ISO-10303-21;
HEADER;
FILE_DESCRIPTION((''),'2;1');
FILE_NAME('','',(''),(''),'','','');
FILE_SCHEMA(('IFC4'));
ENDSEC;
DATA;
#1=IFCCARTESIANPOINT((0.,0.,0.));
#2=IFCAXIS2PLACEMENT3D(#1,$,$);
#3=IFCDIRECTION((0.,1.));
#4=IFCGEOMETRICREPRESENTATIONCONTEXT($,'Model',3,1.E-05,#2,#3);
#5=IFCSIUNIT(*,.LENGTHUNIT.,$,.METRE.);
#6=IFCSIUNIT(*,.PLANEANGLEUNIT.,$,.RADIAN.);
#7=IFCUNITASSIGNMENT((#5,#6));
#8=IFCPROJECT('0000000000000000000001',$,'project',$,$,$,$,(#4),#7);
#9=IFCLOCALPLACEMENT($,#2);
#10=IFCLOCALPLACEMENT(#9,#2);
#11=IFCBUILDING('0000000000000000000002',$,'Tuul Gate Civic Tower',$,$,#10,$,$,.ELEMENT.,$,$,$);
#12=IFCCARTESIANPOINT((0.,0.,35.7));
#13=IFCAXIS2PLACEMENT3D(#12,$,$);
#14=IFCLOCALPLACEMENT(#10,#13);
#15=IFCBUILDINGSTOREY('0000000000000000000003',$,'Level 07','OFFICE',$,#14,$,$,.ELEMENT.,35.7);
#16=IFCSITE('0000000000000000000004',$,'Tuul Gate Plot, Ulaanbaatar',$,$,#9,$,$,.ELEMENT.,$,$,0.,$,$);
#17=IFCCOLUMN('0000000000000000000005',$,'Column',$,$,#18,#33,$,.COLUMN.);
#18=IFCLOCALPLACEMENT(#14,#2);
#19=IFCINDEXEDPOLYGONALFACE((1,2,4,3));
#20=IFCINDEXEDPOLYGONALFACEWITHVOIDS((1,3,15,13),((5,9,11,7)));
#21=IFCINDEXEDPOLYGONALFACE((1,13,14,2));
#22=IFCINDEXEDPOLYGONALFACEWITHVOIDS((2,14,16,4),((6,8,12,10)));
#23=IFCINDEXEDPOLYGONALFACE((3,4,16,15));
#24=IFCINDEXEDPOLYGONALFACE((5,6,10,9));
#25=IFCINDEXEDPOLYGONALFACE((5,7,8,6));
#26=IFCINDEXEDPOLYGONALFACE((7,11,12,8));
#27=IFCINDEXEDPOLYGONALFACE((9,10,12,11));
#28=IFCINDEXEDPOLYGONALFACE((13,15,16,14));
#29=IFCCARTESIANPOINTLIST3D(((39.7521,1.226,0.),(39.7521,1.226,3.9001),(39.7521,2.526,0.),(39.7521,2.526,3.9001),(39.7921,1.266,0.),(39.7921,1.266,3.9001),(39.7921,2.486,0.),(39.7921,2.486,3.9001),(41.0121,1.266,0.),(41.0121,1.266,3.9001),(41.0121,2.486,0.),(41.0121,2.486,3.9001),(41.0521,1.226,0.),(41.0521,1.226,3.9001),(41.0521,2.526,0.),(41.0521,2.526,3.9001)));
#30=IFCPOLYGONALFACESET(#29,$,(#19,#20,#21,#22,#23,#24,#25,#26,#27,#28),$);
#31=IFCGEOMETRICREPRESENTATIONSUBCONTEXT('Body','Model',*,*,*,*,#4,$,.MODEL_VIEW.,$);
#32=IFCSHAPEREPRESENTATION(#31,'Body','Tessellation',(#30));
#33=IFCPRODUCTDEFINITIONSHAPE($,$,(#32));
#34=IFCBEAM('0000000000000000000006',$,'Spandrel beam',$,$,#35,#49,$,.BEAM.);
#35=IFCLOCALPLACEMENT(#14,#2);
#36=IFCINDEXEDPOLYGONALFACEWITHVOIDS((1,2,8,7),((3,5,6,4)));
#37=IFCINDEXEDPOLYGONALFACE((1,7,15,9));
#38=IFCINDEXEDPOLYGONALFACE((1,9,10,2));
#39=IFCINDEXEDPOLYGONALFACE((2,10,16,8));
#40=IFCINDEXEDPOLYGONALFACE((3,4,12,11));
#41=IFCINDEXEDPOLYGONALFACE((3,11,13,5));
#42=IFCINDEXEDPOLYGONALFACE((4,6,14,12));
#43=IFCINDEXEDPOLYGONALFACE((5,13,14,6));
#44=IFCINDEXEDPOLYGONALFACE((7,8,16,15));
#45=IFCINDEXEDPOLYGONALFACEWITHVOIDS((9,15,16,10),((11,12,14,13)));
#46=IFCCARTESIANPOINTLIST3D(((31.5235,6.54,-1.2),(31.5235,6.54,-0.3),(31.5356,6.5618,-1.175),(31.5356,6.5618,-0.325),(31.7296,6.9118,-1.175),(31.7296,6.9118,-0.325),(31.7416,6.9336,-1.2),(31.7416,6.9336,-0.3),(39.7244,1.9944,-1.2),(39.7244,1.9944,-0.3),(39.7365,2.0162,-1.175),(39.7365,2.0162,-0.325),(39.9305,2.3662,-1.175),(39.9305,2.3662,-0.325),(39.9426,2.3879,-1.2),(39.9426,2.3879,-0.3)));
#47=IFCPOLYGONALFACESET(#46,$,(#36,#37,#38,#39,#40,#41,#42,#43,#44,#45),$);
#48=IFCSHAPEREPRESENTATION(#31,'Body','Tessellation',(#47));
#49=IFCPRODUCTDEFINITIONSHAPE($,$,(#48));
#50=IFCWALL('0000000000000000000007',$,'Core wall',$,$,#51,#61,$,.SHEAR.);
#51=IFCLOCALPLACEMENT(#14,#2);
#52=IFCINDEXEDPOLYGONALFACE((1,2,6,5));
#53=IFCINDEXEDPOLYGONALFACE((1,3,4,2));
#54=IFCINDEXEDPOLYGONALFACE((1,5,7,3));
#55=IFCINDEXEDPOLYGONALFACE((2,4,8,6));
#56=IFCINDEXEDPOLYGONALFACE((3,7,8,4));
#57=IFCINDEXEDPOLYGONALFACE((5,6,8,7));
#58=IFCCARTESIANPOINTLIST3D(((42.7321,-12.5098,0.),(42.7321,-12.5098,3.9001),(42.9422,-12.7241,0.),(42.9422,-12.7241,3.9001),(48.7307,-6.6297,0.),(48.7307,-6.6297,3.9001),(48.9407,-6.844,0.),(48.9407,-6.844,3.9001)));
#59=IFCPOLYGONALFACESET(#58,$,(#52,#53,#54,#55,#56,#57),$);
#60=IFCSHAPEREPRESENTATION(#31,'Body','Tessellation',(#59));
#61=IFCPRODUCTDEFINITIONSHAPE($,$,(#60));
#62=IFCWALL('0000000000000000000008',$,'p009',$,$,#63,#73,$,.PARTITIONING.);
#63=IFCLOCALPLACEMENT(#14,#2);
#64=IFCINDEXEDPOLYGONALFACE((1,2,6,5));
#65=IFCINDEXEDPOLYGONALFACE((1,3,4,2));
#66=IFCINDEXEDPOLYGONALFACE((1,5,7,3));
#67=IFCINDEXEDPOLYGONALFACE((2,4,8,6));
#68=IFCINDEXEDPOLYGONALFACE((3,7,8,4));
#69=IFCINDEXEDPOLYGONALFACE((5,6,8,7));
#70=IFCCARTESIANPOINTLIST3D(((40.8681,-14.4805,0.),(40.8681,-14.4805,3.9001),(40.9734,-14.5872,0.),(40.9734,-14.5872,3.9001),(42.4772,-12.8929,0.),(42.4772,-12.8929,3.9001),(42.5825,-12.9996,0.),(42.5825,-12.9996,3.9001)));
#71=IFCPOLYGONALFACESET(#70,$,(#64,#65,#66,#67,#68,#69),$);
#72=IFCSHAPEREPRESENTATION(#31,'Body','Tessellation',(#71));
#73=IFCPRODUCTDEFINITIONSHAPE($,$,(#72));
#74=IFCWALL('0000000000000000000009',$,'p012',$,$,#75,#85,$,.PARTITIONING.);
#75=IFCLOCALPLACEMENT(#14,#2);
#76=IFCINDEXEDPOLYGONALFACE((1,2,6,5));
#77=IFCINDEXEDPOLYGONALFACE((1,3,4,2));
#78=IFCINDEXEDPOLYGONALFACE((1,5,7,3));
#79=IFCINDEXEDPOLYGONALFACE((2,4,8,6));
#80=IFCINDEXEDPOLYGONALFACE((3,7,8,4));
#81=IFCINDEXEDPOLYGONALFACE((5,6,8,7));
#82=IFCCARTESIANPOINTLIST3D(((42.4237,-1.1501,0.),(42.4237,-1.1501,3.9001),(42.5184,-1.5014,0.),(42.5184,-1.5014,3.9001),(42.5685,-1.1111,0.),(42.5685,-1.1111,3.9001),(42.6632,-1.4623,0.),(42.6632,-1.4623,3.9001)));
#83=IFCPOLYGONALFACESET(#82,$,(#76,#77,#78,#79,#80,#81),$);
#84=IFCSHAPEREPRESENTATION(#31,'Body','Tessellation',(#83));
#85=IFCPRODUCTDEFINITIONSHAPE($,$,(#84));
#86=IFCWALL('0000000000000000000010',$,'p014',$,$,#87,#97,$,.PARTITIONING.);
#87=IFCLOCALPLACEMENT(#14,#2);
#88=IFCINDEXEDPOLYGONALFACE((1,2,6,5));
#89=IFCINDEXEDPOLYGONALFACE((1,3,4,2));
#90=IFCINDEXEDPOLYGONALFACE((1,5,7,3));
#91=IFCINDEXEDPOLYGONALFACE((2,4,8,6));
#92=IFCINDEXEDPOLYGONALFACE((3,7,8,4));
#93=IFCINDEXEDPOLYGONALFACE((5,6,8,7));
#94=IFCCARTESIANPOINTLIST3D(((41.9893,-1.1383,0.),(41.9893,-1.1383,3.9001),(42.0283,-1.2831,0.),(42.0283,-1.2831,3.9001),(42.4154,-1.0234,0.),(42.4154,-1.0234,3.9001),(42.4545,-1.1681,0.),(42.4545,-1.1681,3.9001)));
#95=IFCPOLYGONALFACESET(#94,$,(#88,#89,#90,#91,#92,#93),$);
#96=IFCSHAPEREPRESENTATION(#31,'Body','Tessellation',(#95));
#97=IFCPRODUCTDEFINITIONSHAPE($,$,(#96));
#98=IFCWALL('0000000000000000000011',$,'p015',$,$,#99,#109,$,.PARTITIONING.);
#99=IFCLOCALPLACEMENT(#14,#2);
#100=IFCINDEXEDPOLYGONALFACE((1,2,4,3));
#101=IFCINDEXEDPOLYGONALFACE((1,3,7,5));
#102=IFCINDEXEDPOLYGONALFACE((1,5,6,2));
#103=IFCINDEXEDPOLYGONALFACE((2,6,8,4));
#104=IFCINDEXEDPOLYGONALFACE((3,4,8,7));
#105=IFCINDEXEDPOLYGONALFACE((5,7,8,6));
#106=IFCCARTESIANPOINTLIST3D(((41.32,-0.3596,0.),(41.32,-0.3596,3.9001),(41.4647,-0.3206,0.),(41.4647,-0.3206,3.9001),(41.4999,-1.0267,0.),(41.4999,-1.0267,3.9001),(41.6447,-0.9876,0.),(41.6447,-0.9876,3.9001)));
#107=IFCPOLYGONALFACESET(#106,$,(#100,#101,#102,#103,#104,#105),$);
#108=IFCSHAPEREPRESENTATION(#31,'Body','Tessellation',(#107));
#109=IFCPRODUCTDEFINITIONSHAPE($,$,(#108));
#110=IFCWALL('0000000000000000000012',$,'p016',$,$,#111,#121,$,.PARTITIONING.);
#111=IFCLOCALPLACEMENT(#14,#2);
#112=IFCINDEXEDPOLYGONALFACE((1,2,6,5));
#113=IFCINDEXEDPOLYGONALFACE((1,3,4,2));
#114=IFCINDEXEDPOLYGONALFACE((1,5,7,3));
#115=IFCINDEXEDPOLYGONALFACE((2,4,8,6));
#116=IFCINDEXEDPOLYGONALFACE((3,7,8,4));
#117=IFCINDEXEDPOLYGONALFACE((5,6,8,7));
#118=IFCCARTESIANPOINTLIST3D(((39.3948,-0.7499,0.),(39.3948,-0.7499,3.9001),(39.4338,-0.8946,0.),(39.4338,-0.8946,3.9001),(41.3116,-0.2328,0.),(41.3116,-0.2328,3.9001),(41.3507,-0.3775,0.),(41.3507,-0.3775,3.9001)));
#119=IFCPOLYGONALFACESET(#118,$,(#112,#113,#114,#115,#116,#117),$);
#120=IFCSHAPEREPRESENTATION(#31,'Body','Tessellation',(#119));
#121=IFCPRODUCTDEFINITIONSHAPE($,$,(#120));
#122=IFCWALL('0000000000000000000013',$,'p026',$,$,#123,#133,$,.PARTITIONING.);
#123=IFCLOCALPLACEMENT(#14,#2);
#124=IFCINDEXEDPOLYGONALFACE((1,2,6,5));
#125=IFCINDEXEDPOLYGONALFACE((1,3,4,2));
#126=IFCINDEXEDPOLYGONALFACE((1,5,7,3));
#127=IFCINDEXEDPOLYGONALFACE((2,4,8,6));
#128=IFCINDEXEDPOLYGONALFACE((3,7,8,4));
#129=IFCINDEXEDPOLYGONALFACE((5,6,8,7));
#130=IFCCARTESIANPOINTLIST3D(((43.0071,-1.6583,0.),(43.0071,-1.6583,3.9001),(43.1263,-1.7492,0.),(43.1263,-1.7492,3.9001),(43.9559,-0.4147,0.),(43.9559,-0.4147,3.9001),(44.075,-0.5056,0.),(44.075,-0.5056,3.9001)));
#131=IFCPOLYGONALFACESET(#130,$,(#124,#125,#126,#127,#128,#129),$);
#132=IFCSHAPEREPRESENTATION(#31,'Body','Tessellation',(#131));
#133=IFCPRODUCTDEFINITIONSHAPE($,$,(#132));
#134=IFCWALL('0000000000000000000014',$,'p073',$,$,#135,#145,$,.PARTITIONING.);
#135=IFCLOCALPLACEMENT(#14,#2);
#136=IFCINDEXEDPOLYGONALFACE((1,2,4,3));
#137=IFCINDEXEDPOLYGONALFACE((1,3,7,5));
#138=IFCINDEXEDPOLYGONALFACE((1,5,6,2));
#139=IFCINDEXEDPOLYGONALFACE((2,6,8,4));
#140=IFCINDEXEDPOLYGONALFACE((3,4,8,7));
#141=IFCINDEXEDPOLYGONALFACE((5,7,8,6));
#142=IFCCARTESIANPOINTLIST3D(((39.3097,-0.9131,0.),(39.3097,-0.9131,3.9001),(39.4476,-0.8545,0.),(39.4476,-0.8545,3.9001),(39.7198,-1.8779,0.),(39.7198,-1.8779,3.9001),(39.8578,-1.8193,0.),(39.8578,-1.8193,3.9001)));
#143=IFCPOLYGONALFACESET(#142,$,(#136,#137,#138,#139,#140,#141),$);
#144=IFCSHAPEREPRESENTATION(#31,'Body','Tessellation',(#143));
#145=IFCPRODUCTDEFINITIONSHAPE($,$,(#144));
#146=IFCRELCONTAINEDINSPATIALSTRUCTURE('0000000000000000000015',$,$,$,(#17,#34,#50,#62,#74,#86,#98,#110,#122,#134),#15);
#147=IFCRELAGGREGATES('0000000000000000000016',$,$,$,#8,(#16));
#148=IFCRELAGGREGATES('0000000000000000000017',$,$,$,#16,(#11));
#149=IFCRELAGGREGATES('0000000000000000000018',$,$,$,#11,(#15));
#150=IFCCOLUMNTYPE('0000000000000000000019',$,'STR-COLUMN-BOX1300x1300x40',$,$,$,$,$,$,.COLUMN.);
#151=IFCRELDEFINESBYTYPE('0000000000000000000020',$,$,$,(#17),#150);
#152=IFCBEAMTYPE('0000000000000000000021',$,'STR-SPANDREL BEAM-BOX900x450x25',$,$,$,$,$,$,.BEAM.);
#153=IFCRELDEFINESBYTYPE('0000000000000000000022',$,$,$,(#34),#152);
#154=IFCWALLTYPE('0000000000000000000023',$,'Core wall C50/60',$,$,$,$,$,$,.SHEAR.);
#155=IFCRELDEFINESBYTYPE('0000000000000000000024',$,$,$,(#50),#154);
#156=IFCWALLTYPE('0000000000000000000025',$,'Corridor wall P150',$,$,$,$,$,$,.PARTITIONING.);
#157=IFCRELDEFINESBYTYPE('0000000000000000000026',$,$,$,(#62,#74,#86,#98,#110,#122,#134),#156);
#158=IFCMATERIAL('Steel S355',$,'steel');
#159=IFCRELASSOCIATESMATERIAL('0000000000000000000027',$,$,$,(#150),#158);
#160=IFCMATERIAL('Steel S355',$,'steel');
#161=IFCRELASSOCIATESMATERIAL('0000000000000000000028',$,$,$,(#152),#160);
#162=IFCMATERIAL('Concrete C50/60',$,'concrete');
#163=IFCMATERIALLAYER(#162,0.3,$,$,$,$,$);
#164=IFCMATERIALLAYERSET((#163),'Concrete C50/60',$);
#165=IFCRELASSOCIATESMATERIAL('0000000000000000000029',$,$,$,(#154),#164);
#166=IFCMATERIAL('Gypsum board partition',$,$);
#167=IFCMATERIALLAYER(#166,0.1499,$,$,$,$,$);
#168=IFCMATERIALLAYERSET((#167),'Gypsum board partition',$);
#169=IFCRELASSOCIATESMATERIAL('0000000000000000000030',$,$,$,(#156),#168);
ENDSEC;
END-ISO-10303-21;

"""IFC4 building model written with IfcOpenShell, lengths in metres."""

from ifc_helpers import new_model, si_unit, direction, frame, frame_2d, origin, origin_2d, place, context, subcontext, project, spatial, rectangle, hollow_rectangle, extrude, material, layer, layer_set, material_profile, profile_set, type_object, element, save


model = new_model("IFC4")

# Units and contexts
model_context = context("Model", 3, precision=1e-05, world=origin(), true_north=direction((0.0, 1.0)))
body_context = subcontext(model_context, "Body", "Model", "MODEL_VIEW")
ifc_project = project(units=[si_unit("LENGTHUNIT", "METRE"), si_unit("PLANEANGLEUNIT", "RADIAN")], contexts=[model_context])

# Site, building, storey
site_placement = place(None, origin())
site = spatial("IfcSite", under=ifc_project, at=site_placement, Name="Tuul Gate Plot, Ulaanbaatar", CompositionType="ELEMENT", RefElevation=0.0)
building_placement = place(site_placement, origin())
building = spatial("IfcBuilding", under=site, at=building_placement, Name="Tuul Gate Civic Tower", CompositionType="ELEMENT")
storey_placement = place(building_placement, frame((0.0, 0.0, 35.7)))
storey = spatial("IfcBuildingStorey", under=building, at=storey_placement, Name="Level 07", Description="OFFICE", CompositionType="ELEMENT", Elevation=35.7)

# Column
ifc_material_1 = material(Name="Steel S355", Category="steel")
ifc_material_profile_1 = material_profile(ifc_material_1, hollow_rectangle(XDim=1.3, YDim=1.3, WallThickness=0.04, at=origin_2d()), Name="BOX1300x1300x40")
ifc_profile_set_1 = profile_set([ifc_material_profile_1], Name="Steel S355")
column_type = type_object("IfcColumnType", Name="STR-COLUMN-BOX1300x1300x40", PredefinedType="COLUMN", material=ifc_profile_set_1)
column_placement = place(storey_placement, frame((40.4021, 1.876, 0.0), z_axis=(0.0, 0.0, 1.0), x_axis=(1.0, 0.0, 0.0)))
element("IfcColumn", 1, at=column_placement, inside=storey, type_object=column_type, Name="Column", PredefinedType="COLUMN", context=body_context, shape_type="SweptSolid", body=[
    extrude(hollow_rectangle(XDim=1.3, YDim=1.3, WallThickness=0.04, at=origin_2d()), origin(), (0.0, 0.0, 1.0), 3.9001),
])

# Beam
ifc_material_2 = material(Name="Steel S355", Category="steel")
ifc_material_profile_2 = material_profile(ifc_material_2, hollow_rectangle(XDim=0.45, YDim=0.8999, WallThickness=0.0249, at=origin_2d()), Name="BOX900x450x25")
ifc_profile_set_2 = profile_set([ifc_material_profile_2], Name="Steel S355")
beam_type = type_object("IfcBeamType", Name="STR-SPANDREL BEAM-BOX900x450x25", PredefinedType="BEAM", material=ifc_profile_set_2)
beam_placement = place(storey_placement, frame((39.8335, 2.1912, -0.75), z_axis=(-0.874628, 0.484794, 0.0), x_axis=(-0.484794, -0.874628, 0.0)))
element("IfcBeam", 2, at=beam_placement, inside=storey, type_object=beam_type, Name="Spandrel beam", PredefinedType="BEAM", context=body_context, shape_type="SweptSolid", body=[
    extrude(hollow_rectangle(XDim=0.45, YDim=0.8999, WallThickness=0.0249, at=origin_2d()), origin(), (0.0, 0.0, 1.0), 9.3765),
])

# Walls
ifc_material_3 = material(Name="Concrete C50/60", Category="concrete")
ifc_layer_1 = layer(ifc_material_3, 0.3)
ifc_layer_set_1 = layer_set([ifc_layer_1], Name="Concrete C50/60")
wall_type_1 = type_object("IfcWallType", Name="Core wall C50/60", PredefinedType="SHEAR", material=ifc_layer_set_1)
wall_1_placement = place(storey_placement, frame((42.8372, -12.6169, 0.0), z_axis=(0.0, 0.0, 1.0), x_axis=(0.71412, 0.700023, 0.0)))
element("IfcWall", 3, at=wall_1_placement, inside=storey, type_object=wall_type_1, Name="Core wall", PredefinedType="SHEAR", context=body_context, shape_type="SweptSolid", body=[
    extrude(rectangle(XDim=8.3999, YDim=0.3, at=frame_2d((4.2, 0.0))), origin(), (0.0, 0.0, 1.0), 3.9001),
])
ifc_material_4 = material(Name="Gypsum board partition")
ifc_layer_2 = layer(ifc_material_4, 0.1499)
ifc_layer_set_2 = layer_set([ifc_layer_2], Name="Gypsum board partition")
wall_type_2 = type_object("IfcWallType", Name="Corridor wall P150", PredefinedType="PARTITIONING", material=ifc_layer_set_2)
wall_2_placement = place(storey_placement, frame((40.9207, -14.5339, 0.0), z_axis=(0.0, 0.0, 1.0), x_axis=(0.711843, 0.702339, 0.0)))
element("IfcWall", 4, at=wall_2_placement, inside=storey, type_object=wall_type_2, Name="p009", PredefinedType="PARTITIONING", context=body_context, shape_type="SweptSolid", body=[
    extrude(rectangle(XDim=2.2605, YDim=0.1499, at=frame_2d((1.1304, 0.0))), origin(), (0.0, 0.0, 1.0), 3.9001),
])
wall_3_placement = place(storey_placement, frame((42.4961, -1.1306, 0.0), z_axis=(0.0, 0.0, 1.0), x_axis=(0.260334, -0.965519, 0.0)))
element("IfcWall", 5, at=wall_3_placement, inside=storey, type_object=wall_type_2, Name="p012", PredefinedType="PARTITIONING", context=body_context, shape_type="SweptSolid", body=[
    extrude(rectangle(XDim=0.3638, YDim=0.1499, at=frame_2d((0.1819, 0.0))), origin(), (0.0, 0.0, 1.0), 3.9001),
])
wall_4_placement = place(storey_placement, frame((42.0088, -1.2107, 0.0), z_axis=(0.0, 0.0, 1.0), x_axis=(0.965488, 0.260449, 0.0)))
element("IfcWall", 6, at=wall_4_placement, inside=storey, type_object=wall_type_2, Name="p014", PredefinedType="PARTITIONING", context=body_context, shape_type="SweptSolid", body=[
    extrude(rectangle(XDim=0.4414, YDim=0.1499, at=frame_2d((0.2207, 0.0))), origin(), (0.0, 0.0, 1.0), 3.9001),
])
wall_5_placement = place(storey_placement, frame((41.3923, -0.3401, 0.0), z_axis=(0.0, 0.0, 1.0), x_axis=(0.260455, -0.965486, 0.0)))
element("IfcWall", 7, at=wall_5_placement, inside=storey, type_object=wall_type_2, Name="p015", PredefinedType="PARTITIONING", context=body_context, shape_type="SweptSolid", body=[
    extrude(rectangle(XDim=0.6909, YDim=0.1499, at=frame_2d((0.3455, 0.0))), origin(), (0.0, 0.0, 1.0), 3.9001),
])
wall_6_placement = place(storey_placement, frame((39.4143, -0.8223, 0.0), z_axis=(0.0, 0.0, 1.0), x_axis=(0.965484, 0.260463, 0.0)))
element("IfcWall", 8, at=wall_6_placement, inside=storey, type_object=wall_type_2, Name="p016", PredefinedType="PARTITIONING", context=body_context, shape_type="SweptSolid", body=[
    extrude(rectangle(XDim=1.9854, YDim=0.1499, at=frame_2d((0.9927, 0.0))), origin(), (0.0, 0.0, 1.0), 3.9001),
])
wall_7_placement = place(storey_placement, frame((43.0667, -1.7039, 0.0), z_axis=(0.0, 0.0, 1.0), x_axis=(0.606523, 0.795066, 0.0)))
element("IfcWall", 9, at=wall_7_placement, inside=storey, type_object=wall_type_2, Name="p026", PredefinedType="PARTITIONING", context=body_context, shape_type="SweptSolid", body=[
    extrude(rectangle(XDim=1.5642, YDim=0.1499, at=frame_2d((0.7822, 0.0))), origin(), (0.0, 0.0, 1.0), 3.9001),
])
wall_8_placement = place(storey_placement, frame((39.3787, -0.8838, 0.0), z_axis=(0.0, 0.0, 1.0), x_axis=(0.39122, -0.920297, 0.0)))
element("IfcWall", 10, at=wall_8_placement, inside=storey, type_object=wall_type_2, Name="p073", PredefinedType="PARTITIONING", context=body_context, shape_type="SweptSolid", body=[
    extrude(rectangle(XDim=1.0483, YDim=0.1499, at=frame_2d((0.5242, 0.0))), origin(), (0.0, 0.0, 1.0), 3.9001),
])

save(model, "model.ifc")
